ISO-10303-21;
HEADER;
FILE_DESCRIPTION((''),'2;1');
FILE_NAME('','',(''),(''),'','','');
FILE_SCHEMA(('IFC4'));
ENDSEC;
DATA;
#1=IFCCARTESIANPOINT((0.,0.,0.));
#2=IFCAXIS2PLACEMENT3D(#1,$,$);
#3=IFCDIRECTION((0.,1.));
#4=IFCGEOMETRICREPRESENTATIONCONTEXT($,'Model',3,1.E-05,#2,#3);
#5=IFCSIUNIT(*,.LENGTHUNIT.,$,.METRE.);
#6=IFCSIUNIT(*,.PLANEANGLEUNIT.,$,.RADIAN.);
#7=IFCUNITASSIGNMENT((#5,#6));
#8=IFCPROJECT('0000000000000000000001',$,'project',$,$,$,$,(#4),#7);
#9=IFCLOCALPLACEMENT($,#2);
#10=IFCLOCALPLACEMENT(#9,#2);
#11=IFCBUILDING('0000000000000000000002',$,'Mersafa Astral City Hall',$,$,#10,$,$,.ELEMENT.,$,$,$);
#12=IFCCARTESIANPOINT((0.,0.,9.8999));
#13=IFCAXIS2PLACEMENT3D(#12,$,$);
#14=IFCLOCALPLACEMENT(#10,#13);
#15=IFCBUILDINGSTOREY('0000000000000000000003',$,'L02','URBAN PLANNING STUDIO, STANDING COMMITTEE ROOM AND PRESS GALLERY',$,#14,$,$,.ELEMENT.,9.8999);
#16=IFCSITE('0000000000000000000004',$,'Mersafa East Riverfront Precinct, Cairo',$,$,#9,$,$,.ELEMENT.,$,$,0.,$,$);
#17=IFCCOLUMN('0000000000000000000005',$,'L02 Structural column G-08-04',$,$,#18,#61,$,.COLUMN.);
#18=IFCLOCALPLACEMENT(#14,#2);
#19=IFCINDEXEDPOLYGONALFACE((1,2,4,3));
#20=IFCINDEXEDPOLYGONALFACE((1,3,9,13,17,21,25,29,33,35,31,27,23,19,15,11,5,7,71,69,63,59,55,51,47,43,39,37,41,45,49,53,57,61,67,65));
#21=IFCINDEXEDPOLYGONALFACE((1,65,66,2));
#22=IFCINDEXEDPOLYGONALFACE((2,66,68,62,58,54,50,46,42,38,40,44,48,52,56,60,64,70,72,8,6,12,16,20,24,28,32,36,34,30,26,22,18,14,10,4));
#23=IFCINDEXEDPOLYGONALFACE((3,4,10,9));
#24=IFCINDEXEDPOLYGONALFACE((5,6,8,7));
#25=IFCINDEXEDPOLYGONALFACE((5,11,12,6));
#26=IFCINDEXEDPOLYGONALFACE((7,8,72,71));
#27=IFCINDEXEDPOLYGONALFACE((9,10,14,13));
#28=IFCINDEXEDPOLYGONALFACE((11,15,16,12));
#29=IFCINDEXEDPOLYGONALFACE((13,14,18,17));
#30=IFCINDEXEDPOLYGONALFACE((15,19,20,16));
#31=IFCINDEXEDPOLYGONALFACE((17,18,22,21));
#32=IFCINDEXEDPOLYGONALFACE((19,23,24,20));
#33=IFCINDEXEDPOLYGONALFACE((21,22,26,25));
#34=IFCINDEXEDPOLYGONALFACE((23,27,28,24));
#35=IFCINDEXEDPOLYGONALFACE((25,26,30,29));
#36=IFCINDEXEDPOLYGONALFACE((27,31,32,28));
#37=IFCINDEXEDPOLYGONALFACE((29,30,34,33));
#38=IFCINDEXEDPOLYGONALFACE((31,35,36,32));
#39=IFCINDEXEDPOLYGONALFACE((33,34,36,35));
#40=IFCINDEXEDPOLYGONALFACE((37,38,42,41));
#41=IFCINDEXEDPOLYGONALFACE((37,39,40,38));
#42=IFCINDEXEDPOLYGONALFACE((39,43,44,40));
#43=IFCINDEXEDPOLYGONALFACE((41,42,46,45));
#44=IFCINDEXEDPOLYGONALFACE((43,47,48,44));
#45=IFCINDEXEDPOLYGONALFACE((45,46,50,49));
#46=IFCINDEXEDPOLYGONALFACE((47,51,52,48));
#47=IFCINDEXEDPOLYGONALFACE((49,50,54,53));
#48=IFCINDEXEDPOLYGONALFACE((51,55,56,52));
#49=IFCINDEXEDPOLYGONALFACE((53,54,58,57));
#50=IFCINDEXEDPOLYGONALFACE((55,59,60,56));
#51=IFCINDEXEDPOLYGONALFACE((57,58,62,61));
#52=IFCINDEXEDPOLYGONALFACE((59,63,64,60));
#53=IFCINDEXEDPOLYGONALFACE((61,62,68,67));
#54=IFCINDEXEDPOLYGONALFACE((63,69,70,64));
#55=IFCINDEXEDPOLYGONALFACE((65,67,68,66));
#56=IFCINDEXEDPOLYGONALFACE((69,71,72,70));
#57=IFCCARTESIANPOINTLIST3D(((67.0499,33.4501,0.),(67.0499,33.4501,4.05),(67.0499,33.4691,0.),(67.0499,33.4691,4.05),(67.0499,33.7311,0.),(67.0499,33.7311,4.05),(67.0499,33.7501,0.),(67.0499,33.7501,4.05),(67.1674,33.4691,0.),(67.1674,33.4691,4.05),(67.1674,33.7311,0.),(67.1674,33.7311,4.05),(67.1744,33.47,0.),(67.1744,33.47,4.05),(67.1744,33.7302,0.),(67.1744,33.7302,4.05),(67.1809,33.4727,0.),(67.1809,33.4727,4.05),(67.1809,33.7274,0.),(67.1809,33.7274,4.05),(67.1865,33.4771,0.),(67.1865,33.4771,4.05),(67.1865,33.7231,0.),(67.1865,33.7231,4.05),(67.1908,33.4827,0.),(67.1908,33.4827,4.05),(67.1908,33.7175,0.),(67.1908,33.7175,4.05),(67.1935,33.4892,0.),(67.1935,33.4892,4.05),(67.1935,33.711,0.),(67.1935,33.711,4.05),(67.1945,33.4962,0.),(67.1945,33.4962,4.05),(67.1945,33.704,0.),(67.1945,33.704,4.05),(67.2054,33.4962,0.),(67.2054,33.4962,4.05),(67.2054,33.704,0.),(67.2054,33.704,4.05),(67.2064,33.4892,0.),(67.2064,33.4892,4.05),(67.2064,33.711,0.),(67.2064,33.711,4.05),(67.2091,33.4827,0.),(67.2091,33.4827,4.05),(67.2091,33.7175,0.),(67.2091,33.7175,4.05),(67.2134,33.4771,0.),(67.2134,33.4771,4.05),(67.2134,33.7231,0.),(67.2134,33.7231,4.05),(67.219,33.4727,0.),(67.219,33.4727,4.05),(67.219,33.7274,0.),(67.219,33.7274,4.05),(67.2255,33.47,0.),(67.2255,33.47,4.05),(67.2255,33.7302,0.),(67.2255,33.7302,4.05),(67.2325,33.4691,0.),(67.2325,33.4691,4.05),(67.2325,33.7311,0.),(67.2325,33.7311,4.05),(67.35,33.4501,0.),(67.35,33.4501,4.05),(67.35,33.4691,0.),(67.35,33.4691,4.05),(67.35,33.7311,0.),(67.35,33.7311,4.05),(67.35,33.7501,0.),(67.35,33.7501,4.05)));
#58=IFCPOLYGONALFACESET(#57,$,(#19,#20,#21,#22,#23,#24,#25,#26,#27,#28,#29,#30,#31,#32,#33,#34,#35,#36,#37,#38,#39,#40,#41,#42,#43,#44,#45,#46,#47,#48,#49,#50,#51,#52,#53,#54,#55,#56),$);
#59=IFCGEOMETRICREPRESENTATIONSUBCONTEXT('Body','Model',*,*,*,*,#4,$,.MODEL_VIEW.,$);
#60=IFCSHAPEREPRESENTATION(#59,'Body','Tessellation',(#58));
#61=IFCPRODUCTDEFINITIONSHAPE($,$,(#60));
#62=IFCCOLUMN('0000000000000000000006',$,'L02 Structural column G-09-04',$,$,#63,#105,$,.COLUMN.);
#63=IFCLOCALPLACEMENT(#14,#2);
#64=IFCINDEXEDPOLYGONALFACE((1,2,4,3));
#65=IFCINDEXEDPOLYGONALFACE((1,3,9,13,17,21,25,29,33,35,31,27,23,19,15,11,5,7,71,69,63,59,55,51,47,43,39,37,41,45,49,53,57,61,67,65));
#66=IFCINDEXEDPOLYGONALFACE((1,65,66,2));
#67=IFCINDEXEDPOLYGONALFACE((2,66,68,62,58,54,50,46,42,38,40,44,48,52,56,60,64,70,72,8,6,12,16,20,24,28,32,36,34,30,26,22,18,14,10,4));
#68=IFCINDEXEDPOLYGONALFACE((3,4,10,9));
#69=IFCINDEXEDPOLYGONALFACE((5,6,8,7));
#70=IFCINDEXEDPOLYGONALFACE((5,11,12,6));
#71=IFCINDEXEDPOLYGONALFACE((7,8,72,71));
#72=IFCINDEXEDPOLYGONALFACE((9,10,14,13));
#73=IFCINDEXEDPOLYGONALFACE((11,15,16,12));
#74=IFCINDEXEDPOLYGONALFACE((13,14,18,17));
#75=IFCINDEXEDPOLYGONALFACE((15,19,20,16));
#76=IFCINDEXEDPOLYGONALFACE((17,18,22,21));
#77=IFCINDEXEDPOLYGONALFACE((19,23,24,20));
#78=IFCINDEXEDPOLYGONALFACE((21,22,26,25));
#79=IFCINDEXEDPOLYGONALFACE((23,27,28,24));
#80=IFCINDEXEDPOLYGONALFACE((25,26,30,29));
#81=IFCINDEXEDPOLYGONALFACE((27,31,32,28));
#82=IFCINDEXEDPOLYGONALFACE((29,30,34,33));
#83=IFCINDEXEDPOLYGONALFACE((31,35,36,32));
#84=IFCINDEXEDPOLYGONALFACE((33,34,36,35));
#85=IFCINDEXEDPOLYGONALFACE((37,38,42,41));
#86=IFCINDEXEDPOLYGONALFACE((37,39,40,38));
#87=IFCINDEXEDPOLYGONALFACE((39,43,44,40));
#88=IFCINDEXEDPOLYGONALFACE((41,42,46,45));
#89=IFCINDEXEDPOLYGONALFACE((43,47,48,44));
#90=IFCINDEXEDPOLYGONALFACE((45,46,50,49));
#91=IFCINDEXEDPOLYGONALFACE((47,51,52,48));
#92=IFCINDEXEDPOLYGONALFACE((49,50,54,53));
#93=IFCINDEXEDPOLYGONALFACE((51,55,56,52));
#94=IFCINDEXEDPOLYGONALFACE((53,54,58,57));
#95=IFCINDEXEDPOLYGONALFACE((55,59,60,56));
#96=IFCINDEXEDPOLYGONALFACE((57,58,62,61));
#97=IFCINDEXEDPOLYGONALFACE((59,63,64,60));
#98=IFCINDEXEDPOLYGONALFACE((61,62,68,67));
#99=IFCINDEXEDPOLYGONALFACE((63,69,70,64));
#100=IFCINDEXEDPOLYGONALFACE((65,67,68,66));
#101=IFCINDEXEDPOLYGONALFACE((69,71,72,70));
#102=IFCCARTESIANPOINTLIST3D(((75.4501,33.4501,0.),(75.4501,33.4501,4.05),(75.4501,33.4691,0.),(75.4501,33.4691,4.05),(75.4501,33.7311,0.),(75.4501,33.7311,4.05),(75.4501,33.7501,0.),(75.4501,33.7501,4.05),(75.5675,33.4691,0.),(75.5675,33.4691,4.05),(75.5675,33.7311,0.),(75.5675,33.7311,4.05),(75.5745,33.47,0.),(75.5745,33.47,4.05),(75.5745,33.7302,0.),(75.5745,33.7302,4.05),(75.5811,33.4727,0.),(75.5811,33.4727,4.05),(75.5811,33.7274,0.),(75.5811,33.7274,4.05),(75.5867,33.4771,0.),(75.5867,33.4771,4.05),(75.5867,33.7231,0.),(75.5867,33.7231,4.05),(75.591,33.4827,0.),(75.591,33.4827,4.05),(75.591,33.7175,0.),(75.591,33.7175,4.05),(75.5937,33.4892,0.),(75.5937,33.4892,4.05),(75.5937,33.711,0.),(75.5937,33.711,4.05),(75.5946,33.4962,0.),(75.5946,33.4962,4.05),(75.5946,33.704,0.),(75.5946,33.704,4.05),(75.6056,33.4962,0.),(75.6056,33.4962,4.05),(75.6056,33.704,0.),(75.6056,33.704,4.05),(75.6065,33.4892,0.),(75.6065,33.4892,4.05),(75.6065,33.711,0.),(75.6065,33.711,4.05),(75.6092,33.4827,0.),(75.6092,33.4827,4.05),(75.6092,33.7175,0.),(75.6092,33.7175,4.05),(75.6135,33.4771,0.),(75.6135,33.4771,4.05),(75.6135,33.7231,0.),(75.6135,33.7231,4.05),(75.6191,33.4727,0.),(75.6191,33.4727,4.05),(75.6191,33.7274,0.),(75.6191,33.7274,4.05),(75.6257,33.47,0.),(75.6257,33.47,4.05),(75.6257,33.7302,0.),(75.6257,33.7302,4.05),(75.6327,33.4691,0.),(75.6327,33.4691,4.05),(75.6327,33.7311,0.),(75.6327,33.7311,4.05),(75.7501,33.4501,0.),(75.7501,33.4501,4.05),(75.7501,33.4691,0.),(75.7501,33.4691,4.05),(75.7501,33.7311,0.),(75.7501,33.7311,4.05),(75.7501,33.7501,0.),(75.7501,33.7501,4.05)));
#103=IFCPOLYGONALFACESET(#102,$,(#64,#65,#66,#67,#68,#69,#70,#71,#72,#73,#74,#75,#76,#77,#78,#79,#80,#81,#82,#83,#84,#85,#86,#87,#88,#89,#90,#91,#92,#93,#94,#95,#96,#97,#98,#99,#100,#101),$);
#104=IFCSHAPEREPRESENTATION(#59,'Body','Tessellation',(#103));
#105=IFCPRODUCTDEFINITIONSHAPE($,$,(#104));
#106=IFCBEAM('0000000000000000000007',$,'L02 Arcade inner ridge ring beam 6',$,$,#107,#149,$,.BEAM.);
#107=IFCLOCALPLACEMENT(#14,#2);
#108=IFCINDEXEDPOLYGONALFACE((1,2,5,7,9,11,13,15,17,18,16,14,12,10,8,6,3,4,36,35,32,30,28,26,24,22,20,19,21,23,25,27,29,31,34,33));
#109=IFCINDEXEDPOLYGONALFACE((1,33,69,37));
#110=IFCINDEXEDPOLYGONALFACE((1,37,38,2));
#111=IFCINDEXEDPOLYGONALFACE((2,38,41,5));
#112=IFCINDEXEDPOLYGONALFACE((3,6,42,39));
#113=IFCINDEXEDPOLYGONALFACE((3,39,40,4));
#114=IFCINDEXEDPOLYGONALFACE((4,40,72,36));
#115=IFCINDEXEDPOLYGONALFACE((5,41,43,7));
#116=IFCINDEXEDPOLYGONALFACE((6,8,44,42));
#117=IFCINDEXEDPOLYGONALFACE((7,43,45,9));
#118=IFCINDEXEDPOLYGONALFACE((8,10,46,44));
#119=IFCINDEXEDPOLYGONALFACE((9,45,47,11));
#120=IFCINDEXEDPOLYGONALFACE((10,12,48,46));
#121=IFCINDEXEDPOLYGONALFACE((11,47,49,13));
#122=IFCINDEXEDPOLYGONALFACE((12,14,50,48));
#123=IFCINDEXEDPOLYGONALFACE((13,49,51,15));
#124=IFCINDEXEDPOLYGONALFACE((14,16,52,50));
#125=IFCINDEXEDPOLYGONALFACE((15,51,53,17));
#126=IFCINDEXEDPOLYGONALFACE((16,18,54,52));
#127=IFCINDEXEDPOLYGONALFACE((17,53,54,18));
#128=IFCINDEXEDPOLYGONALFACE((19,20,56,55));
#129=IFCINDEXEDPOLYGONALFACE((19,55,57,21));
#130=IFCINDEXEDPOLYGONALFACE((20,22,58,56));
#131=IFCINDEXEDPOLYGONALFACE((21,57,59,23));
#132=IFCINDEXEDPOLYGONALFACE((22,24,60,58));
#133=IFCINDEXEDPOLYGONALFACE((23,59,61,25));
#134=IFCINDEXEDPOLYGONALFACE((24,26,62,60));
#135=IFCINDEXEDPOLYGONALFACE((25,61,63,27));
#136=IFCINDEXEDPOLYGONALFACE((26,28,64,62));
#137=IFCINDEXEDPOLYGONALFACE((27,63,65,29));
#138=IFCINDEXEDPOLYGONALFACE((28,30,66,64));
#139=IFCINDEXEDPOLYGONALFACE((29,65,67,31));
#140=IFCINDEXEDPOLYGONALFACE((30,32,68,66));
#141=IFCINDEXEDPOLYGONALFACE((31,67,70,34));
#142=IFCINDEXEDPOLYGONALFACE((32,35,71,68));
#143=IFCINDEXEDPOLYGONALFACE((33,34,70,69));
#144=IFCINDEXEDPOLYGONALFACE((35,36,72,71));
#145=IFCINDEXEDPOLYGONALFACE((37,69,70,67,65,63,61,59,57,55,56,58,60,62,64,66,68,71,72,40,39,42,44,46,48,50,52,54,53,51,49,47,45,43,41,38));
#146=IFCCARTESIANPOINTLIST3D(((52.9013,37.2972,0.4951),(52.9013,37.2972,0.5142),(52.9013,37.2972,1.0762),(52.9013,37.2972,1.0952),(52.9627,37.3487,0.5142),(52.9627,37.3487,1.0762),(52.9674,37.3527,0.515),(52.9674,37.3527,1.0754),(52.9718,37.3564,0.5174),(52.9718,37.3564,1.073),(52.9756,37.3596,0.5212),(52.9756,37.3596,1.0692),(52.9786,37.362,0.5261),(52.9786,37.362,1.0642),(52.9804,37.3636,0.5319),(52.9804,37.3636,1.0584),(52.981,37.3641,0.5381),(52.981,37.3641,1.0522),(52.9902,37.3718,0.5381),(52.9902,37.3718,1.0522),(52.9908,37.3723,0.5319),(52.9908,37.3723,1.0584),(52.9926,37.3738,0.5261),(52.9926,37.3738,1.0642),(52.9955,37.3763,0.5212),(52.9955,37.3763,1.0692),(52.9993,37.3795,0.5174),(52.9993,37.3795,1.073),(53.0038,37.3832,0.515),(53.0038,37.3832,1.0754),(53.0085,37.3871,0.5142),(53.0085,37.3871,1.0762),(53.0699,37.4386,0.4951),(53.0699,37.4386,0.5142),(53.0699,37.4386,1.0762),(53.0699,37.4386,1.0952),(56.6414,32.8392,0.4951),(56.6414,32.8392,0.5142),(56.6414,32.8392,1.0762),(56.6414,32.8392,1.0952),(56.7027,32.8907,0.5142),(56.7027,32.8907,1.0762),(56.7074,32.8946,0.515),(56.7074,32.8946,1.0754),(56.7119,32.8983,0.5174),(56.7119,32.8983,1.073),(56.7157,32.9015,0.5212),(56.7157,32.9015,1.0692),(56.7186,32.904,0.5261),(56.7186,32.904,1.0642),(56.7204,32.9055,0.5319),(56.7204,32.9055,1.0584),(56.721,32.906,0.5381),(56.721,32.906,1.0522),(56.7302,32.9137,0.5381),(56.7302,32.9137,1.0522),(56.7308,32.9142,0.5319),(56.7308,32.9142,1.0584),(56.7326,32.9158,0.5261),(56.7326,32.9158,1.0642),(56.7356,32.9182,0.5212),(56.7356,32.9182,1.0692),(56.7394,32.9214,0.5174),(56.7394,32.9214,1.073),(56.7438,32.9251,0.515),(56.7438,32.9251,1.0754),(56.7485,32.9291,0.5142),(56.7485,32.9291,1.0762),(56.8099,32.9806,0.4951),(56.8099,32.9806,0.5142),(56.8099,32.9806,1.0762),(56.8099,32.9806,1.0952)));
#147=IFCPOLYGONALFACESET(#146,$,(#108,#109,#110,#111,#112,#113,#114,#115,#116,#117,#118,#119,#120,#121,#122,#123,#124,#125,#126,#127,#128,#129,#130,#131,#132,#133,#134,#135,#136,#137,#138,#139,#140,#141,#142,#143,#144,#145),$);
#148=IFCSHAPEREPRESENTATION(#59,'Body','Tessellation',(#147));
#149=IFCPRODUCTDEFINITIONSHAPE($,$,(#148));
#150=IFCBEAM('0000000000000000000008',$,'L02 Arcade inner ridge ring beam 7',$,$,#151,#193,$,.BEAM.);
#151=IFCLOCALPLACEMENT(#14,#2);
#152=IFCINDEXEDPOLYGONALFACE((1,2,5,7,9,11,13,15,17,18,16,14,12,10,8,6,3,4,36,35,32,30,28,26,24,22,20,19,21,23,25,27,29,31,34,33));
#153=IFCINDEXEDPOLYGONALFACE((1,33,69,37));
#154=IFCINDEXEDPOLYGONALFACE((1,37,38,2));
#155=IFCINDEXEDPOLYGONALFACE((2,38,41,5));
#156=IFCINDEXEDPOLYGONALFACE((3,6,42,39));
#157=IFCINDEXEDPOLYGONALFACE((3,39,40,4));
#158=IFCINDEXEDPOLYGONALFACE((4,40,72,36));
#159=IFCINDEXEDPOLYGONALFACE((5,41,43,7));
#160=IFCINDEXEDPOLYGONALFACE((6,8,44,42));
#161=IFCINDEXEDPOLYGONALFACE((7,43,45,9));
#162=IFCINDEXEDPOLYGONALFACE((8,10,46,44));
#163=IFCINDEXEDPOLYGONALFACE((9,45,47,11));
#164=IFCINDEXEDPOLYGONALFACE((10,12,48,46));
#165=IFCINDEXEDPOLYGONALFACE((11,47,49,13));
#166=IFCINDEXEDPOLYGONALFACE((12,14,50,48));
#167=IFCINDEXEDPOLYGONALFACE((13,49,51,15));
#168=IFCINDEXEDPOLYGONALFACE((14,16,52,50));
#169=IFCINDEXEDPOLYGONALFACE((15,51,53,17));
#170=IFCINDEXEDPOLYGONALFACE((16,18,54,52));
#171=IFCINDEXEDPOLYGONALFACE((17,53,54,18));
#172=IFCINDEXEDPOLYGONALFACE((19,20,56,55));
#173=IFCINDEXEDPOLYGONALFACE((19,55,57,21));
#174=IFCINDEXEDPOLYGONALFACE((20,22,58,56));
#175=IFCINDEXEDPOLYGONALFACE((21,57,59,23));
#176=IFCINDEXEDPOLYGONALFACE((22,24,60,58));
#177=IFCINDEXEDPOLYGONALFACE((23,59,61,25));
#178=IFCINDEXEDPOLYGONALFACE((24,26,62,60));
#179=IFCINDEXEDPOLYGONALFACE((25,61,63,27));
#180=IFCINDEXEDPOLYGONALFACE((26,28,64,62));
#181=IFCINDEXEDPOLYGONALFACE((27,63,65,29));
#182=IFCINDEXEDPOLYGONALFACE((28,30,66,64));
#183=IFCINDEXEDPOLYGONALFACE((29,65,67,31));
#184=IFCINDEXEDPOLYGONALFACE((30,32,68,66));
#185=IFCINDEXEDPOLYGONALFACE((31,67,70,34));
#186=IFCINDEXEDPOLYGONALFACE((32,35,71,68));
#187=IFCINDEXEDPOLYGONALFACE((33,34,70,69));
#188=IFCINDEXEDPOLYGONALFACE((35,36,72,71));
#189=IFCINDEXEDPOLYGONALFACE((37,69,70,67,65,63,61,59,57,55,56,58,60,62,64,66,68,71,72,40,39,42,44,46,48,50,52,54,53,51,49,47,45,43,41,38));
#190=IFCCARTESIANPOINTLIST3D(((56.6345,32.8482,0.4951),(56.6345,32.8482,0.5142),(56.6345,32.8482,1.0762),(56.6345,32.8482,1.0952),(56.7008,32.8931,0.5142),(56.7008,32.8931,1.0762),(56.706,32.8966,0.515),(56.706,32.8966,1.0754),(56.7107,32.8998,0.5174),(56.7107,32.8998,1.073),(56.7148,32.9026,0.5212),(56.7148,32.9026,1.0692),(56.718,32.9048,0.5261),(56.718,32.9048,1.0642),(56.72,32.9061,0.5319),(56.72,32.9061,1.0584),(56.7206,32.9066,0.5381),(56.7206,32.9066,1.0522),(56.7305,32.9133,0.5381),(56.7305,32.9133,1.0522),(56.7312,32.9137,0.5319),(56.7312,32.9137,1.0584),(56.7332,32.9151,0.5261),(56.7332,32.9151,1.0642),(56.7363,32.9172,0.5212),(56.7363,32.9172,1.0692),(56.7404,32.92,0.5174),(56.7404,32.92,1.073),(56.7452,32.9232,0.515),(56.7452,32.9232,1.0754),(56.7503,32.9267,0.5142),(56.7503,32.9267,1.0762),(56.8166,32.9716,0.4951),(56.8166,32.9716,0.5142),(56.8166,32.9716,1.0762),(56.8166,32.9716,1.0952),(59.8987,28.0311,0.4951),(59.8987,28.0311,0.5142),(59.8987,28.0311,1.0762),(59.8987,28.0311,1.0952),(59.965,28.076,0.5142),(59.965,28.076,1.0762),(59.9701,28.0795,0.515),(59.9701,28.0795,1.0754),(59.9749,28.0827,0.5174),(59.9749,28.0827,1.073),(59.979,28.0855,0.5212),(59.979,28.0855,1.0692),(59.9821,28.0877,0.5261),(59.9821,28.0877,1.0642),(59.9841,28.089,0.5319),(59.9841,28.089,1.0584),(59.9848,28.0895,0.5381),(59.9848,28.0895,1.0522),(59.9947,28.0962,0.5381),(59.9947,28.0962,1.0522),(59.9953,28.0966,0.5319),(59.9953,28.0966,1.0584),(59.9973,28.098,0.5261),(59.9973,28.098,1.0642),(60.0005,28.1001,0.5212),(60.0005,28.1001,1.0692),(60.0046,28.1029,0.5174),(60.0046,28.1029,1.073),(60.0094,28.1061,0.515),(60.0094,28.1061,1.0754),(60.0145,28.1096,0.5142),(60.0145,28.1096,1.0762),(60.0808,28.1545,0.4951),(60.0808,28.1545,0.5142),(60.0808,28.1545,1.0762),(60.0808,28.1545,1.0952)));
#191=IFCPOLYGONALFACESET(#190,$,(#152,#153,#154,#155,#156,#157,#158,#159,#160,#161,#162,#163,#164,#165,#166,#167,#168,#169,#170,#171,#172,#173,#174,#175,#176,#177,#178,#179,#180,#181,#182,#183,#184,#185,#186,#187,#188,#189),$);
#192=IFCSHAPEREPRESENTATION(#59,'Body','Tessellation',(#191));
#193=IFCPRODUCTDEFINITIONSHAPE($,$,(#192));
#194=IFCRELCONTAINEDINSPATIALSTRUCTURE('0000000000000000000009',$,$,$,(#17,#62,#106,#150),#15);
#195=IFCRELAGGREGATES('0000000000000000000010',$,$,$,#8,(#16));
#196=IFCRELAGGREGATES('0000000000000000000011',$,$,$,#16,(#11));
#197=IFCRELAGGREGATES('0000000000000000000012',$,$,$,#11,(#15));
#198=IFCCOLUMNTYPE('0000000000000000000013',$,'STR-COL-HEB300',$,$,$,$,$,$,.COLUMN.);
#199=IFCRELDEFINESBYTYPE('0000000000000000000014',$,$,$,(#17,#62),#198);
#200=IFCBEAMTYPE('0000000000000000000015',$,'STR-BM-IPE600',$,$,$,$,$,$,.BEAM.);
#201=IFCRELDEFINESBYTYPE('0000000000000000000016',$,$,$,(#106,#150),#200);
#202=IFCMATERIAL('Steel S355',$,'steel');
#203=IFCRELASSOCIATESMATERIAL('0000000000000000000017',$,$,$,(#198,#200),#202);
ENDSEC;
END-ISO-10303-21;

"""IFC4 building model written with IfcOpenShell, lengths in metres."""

from ifc_helpers import new_model, si_unit, direction, frame, origin, origin_2d, place, context, subcontext, project, spatial, i_section, extrude, material, material_profile, profile_set, type_object, element, save


model = new_model("IFC4")

# Units and contexts
model_context = context("Model", 3, precision=1e-05, world=origin(), true_north=direction((0.0, 1.0)))
body_context = subcontext(model_context, "Body", "Model", "MODEL_VIEW")
ifc_project = project(units=[si_unit("LENGTHUNIT", "METRE"), si_unit("PLANEANGLEUNIT", "RADIAN")], contexts=[model_context])

# Site, building, storey
site_placement = place(None, origin())
site = spatial("IfcSite", under=ifc_project, at=site_placement, Name="Mersafa East Riverfront Precinct, Cairo", CompositionType="ELEMENT", RefElevation=0.0)
building_placement = place(site_placement, origin())
building = spatial("IfcBuilding", under=site, at=building_placement, Name="Mersafa Astral City Hall", CompositionType="ELEMENT")
storey_placement = place(building_placement, frame((0.0, 0.0, 9.8999)))
storey = spatial("IfcBuildingStorey", under=building, at=storey_placement, Name="L02", Description="URBAN PLANNING STUDIO, STANDING COMMITTEE ROOM AND PRESS GALLERY", CompositionType="ELEMENT", Elevation=9.8999)

# Columns
ifc_material_1 = material(Name="Steel S355", Category="steel")
ifc_material_profile_1 = material_profile(ifc_material_1, i_section(OverallWidth=0.3, OverallDepth=0.3, WebThickness=0.011, FlangeThickness=0.019, FilletRadius=0.0271, at=origin_2d()), Name="HEB 300")
ifc_profile_set_1 = profile_set([ifc_material_profile_1], Name="Steel S355")
column_type = type_object("IfcColumnType", Name="STR-COL-HEB300", PredefinedType="COLUMN", material=ifc_profile_set_1)
for number, where, z_axis, x_axis, name in (
    (1, (67.2, 33.6001, 0.0), (0.0, 0.0, 1.0), (1.0, 0.0, 0.0), "L02 Structural column G-08-04"),
    (2, (75.6001, 33.6001, 0.0), (0.0, 0.0, 1.0), (1.0, 0.0, 0.0), "L02 Structural column G-09-04"),
):
    element("IfcColumn", number, at=place(storey_placement, frame(where, z_axis=z_axis, x_axis=x_axis)), inside=storey, type_object=column_type, Name=name, PredefinedType="COLUMN", context=body_context, shape_type="SweptSolid", body=[
        extrude(i_section(OverallWidth=0.3, OverallDepth=0.3, WebThickness=0.011, FlangeThickness=0.019, FilletRadius=0.0271, at=origin_2d()), origin(), (0.0, 0.0, 1.0), 4.05),
    ])

# Beams
ifc_material_profile_2 = material_profile(ifc_material_1, i_section(OverallWidth=0.22, OverallDepth=0.6001, WebThickness=0.012, FlangeThickness=0.019, FilletRadius=0.0239, at=origin_2d()), Name="IPE 600")
ifc_profile_set_2 = profile_set([ifc_material_profile_2], Name="Steel S355")
beam_type_1 = type_object("IfcBeamType", Name="STR-BM-IPE600", PredefinedType="BEAM", material=ifc_profile_set_2)
beam_1_placement = place(storey_placement, frame((52.9856, 37.3679, 0.7952), z_axis=(0.642715, -0.766106, 0.0), x_axis=(0.766106, 0.642715, 0.0)))
element("IfcBeam", 3, at=beam_1_placement, inside=storey, type_object=beam_type_1, Name="L02 Arcade inner ridge ring beam 6", PredefinedType="BEAM", context=body_context, shape_type="SweptSolid", body=[
    extrude(i_section(OverallWidth=0.22, OverallDepth=0.6001, WebThickness=0.012, FlangeThickness=0.019, FilletRadius=0.0239, at=origin_2d()), origin(), (0.0, 0.0, 1.0), 5.8191),
])
beam_2_placement = place(storey_placement, frame((56.7256, 32.9099, 0.7952), z_axis=(0.560959, -0.827844, 0.0), x_axis=(0.827844, 0.560959, 0.0)))
element("IfcBeam", 4, at=beam_2_placement, inside=storey, type_object=beam_type_1, Name="L02 Arcade inner ridge ring beam 7", PredefinedType="BEAM", context=body_context, shape_type="SweptSolid", body=[
    extrude(i_section(OverallWidth=0.22, OverallDepth=0.6001, WebThickness=0.012, FlangeThickness=0.019, FilletRadius=0.0239, at=origin_2d()), origin(), (0.0, 0.0, 1.0), 5.8188),
])

save(model, "model.ifc")
